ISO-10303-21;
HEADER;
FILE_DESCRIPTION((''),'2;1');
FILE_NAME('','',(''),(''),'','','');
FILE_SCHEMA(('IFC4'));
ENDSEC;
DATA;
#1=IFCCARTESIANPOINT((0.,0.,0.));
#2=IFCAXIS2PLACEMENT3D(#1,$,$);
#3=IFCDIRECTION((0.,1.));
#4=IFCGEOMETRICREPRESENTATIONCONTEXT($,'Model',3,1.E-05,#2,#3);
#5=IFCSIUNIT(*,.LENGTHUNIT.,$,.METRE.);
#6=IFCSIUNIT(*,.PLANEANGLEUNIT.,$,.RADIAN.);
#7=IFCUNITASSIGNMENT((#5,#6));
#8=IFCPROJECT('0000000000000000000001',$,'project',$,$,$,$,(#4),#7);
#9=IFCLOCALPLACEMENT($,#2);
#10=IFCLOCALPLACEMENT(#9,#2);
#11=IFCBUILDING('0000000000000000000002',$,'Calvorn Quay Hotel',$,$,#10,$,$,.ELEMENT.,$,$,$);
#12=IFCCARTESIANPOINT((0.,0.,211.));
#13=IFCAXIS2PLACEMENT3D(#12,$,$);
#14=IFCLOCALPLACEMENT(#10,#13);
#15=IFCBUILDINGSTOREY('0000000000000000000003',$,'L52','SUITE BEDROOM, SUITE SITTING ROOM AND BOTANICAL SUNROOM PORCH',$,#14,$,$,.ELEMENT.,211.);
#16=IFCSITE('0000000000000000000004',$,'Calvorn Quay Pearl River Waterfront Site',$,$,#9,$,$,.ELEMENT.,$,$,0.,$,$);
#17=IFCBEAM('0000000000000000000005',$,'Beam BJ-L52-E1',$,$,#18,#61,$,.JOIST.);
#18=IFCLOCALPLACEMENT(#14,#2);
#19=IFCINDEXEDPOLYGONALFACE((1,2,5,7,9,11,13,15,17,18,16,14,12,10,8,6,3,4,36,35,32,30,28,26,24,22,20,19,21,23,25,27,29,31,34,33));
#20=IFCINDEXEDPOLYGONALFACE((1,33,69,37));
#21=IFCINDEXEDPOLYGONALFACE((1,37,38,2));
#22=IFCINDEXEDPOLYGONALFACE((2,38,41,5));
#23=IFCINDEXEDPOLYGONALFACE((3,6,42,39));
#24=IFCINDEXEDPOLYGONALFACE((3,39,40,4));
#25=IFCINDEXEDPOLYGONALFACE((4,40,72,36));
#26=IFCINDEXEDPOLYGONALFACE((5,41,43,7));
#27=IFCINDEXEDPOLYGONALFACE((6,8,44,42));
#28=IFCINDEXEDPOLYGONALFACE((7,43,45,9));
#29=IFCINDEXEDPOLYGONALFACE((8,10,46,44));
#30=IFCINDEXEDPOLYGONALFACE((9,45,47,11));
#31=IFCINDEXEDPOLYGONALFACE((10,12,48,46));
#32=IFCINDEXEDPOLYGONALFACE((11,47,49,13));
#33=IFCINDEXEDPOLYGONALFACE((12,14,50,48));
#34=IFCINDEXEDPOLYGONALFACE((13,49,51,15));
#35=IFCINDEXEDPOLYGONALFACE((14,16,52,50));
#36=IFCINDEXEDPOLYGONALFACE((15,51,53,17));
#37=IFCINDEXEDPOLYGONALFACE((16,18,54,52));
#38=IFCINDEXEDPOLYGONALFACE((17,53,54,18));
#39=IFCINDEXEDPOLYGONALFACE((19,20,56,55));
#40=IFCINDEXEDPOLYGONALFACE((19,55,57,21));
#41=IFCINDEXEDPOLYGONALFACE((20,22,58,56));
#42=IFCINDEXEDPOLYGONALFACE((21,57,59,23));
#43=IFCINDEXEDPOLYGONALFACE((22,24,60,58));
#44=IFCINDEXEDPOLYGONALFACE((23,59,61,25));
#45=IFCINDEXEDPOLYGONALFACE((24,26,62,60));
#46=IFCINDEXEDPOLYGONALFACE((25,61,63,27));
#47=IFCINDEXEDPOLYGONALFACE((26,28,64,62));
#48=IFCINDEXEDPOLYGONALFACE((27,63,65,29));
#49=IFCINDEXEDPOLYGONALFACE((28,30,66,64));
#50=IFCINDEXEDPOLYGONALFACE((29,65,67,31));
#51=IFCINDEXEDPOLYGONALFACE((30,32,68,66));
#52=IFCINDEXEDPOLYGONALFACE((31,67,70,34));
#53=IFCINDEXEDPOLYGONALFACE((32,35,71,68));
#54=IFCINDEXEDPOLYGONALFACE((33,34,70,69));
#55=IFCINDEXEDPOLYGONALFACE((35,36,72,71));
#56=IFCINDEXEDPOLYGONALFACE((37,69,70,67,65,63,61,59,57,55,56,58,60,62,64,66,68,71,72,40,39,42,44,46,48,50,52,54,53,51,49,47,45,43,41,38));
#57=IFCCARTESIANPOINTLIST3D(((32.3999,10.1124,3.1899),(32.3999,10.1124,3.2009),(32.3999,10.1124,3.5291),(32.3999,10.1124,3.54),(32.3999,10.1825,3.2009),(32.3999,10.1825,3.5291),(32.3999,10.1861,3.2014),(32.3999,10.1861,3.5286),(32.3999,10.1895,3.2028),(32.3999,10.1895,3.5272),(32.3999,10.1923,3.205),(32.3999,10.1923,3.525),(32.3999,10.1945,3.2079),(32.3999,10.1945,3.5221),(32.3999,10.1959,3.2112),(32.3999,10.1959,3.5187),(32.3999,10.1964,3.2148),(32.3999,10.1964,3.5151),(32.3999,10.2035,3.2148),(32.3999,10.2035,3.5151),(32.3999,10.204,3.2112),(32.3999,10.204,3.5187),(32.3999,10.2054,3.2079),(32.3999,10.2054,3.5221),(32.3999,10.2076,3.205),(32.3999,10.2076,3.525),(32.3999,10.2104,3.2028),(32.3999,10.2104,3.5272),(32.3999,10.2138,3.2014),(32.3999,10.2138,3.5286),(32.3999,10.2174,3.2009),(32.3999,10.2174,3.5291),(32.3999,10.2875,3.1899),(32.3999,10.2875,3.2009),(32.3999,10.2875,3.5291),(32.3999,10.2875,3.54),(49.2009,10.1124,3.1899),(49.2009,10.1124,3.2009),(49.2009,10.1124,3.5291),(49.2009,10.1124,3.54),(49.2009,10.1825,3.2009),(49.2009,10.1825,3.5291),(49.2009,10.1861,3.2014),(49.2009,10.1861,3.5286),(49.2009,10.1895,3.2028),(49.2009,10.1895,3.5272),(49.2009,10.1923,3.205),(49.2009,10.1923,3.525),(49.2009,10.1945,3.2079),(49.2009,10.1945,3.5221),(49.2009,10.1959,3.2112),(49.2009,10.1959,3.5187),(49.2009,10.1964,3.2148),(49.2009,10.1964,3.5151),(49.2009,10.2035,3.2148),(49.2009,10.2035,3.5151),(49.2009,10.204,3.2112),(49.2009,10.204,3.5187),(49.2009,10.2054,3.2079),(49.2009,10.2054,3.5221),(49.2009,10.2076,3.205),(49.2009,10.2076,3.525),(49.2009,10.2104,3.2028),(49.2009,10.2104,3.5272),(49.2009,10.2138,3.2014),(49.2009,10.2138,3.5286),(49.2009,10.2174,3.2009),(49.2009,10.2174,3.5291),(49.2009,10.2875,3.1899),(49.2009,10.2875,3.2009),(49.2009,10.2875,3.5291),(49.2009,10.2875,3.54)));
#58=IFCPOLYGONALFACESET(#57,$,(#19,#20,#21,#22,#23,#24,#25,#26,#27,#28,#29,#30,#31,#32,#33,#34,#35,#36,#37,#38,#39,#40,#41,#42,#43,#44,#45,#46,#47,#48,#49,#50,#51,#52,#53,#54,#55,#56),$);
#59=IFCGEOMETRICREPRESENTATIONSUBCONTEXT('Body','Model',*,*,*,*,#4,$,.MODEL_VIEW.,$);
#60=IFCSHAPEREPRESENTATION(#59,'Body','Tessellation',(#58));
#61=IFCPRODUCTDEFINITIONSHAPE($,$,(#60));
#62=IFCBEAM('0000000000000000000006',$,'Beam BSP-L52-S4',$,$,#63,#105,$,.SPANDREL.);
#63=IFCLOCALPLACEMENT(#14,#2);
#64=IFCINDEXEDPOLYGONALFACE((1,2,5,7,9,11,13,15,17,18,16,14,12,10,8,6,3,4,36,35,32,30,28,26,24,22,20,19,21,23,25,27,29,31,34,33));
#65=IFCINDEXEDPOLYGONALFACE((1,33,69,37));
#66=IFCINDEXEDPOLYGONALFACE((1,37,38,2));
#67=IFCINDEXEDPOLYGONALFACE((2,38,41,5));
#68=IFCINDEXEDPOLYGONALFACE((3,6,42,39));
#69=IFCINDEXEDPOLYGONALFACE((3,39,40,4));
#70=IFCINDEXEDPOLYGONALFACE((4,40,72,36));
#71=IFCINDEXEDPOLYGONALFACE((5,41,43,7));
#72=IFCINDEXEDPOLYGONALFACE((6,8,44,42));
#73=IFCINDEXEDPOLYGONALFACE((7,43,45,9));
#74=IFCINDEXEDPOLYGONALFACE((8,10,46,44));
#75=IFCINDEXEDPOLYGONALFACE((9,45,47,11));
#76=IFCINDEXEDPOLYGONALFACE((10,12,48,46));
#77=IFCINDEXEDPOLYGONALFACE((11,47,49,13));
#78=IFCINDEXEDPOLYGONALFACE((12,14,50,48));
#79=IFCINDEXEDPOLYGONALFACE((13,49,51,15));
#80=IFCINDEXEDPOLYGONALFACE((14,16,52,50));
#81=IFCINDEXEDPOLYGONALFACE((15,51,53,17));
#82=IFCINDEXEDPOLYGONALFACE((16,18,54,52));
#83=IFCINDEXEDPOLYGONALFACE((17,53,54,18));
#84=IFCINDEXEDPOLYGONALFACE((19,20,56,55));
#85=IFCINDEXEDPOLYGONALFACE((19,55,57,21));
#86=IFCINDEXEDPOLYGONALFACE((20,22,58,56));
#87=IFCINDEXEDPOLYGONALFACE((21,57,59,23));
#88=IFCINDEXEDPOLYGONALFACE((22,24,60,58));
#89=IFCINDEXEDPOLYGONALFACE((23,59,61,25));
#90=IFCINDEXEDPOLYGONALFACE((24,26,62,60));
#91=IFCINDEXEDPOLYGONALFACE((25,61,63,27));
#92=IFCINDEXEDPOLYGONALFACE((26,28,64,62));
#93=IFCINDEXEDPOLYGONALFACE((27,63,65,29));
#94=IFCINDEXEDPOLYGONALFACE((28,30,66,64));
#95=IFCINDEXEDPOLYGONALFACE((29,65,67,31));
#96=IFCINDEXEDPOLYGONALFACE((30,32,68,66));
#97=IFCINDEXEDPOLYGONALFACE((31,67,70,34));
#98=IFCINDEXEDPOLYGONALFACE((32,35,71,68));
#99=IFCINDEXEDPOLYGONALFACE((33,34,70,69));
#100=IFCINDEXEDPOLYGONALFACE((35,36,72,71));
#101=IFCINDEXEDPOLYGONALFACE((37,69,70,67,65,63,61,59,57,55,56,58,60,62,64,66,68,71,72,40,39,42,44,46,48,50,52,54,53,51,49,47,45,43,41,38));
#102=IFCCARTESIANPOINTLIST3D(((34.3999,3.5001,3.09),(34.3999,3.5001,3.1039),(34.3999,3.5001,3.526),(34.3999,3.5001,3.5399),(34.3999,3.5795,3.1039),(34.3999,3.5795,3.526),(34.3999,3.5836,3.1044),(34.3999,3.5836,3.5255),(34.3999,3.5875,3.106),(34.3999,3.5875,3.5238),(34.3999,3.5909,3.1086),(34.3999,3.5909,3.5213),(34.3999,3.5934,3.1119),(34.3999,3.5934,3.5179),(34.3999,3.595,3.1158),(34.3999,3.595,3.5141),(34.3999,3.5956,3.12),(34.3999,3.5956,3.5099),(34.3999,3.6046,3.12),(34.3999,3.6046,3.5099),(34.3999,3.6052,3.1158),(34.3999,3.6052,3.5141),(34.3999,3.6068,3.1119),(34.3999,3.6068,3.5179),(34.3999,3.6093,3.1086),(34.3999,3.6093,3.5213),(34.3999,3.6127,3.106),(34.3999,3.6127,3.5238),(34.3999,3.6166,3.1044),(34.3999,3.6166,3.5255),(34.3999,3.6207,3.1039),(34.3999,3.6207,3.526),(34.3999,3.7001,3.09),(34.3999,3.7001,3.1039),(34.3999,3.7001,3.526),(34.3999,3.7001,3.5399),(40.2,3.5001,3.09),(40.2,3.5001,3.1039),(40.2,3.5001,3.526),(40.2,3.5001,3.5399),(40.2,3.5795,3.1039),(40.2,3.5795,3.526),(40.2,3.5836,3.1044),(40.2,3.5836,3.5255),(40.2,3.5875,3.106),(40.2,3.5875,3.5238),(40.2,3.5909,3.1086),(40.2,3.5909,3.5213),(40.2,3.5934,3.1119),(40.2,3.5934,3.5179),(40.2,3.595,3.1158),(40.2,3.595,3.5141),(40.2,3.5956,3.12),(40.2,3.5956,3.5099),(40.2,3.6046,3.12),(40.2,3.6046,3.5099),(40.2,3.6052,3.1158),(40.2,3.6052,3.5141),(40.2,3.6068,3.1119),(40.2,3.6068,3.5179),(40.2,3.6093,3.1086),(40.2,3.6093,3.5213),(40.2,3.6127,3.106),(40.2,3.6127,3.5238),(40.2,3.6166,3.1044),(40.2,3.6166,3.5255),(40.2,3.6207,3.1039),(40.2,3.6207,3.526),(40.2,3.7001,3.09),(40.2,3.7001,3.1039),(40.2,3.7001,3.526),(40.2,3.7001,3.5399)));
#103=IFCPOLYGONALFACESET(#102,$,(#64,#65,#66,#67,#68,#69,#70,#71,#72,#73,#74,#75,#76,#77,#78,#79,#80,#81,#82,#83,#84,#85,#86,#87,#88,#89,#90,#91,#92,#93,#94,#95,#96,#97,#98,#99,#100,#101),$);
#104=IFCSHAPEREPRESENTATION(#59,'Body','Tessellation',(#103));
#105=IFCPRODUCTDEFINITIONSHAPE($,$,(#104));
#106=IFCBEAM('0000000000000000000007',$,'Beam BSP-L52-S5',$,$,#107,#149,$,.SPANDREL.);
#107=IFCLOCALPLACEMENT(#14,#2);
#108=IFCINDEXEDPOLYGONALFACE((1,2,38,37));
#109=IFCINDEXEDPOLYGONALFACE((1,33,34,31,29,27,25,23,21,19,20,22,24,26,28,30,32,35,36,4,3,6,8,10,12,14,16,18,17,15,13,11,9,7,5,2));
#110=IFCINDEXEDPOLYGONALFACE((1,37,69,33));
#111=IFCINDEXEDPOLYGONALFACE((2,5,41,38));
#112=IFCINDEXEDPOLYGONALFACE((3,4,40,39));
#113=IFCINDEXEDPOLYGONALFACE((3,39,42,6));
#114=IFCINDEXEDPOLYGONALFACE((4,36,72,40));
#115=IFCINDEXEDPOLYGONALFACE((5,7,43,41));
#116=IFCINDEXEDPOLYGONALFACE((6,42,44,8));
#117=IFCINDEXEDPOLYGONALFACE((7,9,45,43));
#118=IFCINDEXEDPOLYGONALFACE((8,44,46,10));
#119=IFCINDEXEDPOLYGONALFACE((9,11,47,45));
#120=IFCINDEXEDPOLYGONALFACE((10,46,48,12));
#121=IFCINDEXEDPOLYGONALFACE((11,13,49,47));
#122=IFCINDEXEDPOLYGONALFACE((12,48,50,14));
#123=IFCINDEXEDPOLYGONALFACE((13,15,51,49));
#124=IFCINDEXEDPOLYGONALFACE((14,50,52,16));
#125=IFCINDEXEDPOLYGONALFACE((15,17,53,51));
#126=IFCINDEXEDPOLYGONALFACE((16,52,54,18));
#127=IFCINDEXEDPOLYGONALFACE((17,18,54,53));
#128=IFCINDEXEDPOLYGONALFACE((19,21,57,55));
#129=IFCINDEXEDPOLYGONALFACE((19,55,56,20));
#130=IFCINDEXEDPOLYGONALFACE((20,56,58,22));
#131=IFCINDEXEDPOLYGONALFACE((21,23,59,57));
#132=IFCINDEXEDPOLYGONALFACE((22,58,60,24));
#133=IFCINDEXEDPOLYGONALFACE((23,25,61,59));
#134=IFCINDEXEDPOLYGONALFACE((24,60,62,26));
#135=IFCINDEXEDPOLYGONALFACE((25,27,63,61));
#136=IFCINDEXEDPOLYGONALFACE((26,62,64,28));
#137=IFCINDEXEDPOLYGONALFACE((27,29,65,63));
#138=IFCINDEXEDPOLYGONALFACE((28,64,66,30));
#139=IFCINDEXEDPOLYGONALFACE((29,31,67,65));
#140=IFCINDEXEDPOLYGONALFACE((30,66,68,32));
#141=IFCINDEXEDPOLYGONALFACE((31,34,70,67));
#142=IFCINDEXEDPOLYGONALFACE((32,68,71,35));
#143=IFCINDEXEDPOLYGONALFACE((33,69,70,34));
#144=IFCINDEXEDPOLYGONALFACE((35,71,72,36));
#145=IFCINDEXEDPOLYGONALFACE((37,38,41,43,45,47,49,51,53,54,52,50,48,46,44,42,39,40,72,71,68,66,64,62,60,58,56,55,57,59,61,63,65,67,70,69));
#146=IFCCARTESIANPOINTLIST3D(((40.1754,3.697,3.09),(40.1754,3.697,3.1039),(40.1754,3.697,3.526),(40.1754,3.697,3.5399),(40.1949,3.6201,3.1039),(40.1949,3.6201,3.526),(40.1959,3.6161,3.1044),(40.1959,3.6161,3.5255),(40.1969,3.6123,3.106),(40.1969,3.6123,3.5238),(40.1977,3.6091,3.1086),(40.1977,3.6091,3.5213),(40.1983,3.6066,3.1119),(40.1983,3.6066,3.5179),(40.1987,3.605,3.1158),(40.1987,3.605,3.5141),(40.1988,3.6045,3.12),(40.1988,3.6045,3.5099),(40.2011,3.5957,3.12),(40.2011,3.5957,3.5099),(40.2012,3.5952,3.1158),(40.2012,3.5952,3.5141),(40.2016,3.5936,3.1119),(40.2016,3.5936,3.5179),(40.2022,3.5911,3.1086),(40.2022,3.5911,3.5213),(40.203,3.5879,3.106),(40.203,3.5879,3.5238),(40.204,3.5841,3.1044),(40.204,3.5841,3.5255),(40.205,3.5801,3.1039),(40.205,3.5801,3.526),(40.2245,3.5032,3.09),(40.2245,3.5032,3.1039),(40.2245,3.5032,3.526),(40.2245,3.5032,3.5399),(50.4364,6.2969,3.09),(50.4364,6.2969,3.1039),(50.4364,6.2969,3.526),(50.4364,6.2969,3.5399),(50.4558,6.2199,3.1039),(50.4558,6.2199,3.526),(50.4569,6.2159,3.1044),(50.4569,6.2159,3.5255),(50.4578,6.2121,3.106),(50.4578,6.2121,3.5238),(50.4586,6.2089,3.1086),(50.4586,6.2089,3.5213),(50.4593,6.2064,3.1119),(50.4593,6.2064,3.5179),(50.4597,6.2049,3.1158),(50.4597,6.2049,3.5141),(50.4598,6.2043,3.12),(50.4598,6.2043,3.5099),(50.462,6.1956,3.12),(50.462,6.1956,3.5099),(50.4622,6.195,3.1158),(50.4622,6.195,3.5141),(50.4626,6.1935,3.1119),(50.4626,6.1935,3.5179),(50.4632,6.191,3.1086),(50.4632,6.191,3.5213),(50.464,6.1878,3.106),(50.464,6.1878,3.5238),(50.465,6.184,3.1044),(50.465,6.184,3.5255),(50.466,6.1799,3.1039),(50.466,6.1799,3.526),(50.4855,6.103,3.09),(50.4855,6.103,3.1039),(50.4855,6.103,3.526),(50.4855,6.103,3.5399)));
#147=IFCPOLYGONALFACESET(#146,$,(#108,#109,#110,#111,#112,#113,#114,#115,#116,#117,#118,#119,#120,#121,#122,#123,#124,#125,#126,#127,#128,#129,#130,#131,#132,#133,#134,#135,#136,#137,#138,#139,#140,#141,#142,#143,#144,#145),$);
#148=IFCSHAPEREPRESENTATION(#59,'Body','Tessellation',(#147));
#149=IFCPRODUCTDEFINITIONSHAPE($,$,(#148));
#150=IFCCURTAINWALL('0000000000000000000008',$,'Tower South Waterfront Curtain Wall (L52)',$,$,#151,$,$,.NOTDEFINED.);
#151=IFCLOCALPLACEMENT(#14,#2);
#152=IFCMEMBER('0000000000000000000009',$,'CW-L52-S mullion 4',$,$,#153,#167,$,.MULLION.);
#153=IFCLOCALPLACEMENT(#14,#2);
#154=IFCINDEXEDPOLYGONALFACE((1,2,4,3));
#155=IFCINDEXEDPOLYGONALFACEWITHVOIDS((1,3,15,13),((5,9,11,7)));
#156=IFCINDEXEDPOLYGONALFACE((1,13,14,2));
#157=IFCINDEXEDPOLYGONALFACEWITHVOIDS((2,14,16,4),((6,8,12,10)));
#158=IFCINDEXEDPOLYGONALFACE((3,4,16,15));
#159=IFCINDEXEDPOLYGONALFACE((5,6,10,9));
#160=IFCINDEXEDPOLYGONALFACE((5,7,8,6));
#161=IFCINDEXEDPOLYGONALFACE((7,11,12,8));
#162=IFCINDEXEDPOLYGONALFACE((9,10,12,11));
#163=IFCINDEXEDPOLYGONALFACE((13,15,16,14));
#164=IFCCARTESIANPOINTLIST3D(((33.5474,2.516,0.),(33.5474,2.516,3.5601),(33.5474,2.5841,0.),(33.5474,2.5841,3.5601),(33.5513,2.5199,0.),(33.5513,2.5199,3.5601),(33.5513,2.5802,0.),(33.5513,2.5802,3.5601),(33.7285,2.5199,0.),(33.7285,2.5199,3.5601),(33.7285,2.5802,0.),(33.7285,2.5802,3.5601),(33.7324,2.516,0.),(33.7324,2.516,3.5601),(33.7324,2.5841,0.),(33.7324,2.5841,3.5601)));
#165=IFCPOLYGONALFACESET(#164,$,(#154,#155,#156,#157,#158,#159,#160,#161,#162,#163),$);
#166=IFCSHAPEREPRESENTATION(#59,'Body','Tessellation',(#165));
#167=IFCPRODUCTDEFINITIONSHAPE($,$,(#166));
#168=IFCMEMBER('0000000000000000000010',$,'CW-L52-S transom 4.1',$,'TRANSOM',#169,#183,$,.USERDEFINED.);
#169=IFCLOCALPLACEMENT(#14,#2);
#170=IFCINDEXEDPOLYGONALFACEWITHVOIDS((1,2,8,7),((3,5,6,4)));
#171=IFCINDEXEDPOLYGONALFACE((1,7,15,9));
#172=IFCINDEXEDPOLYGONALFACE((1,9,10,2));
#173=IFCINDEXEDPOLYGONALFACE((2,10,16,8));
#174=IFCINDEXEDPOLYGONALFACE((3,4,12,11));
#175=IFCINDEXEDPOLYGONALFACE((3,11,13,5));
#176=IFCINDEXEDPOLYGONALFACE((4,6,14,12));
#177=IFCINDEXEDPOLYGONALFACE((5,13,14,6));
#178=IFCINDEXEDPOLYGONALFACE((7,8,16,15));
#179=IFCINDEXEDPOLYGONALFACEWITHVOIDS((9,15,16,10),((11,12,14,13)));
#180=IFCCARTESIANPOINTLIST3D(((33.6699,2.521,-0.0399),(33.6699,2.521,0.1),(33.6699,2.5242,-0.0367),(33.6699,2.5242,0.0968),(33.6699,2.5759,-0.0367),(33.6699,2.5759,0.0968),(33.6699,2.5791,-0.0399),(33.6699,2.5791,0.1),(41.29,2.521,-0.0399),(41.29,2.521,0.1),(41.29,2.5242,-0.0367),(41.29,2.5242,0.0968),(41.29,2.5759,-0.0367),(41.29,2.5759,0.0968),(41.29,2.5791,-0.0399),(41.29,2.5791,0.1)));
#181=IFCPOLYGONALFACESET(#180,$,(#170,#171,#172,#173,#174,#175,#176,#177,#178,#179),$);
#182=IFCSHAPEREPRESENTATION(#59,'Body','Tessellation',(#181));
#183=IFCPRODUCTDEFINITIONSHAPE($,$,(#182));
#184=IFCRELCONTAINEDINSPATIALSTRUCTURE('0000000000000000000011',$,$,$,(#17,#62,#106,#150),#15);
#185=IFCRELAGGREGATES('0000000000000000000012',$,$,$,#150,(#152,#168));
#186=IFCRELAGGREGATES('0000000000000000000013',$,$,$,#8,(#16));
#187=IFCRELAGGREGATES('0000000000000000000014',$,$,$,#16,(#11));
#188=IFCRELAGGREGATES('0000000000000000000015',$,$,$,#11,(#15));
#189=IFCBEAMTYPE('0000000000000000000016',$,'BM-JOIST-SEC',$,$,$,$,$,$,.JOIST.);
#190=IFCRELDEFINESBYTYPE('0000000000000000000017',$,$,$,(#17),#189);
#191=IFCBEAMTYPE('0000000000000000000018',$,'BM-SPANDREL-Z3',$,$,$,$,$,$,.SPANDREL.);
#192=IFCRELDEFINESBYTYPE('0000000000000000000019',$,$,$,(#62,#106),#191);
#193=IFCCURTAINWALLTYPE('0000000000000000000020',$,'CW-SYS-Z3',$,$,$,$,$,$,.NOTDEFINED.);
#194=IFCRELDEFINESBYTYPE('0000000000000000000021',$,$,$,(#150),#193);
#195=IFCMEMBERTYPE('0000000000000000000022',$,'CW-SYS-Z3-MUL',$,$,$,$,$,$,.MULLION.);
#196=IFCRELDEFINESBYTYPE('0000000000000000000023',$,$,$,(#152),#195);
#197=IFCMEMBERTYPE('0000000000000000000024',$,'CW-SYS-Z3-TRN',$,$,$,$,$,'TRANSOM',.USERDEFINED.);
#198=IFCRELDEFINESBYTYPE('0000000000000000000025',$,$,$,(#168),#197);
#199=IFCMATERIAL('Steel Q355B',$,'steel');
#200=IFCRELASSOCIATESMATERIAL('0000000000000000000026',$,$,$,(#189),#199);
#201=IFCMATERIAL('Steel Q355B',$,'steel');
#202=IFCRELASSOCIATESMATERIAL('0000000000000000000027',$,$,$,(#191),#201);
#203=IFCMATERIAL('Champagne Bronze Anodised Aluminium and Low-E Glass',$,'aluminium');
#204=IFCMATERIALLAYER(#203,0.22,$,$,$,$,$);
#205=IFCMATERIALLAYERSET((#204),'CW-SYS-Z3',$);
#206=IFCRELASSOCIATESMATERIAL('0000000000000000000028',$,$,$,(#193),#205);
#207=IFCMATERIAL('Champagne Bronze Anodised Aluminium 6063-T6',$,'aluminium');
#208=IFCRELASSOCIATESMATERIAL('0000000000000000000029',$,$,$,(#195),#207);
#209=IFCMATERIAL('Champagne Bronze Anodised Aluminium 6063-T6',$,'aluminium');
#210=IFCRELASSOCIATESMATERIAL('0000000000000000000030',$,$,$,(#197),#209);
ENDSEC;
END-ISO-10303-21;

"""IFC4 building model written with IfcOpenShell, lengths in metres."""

from ifc_helpers import new_model, si_unit, direction, frame, origin, origin_2d, place, context, subcontext, project, spatial, hollow_rectangle, i_section, extrude, material, layer, layer_set, material_profile, profile_set, type_object, element, aggregate, save


model = new_model("IFC4")

# Units and contexts
model_context = context("Model", 3, precision=1e-05, world=origin(), true_north=direction((0.0, 1.0)))
body_context = subcontext(model_context, "Body", "Model", "MODEL_VIEW")
ifc_project = project(units=[si_unit("LENGTHUNIT", "METRE"), si_unit("PLANEANGLEUNIT", "RADIAN")], contexts=[model_context])

# Site, building, storey
site_placement = place(None, origin())
site = spatial("IfcSite", under=ifc_project, at=site_placement, Name="Calvorn Quay Pearl River Waterfront Site", CompositionType="ELEMENT", RefElevation=0.0)
building_placement = place(site_placement, origin())
building = spatial("IfcBuilding", under=site, at=building_placement, Name="Calvorn Quay Hotel", CompositionType="ELEMENT")
storey_placement = place(building_placement, frame((0.0, 0.0, 211.0)))
storey = spatial("IfcBuildingStorey", under=building, at=storey_placement, Name="L52", Description="SUITE BEDROOM, SUITE SITTING ROOM AND BOTANICAL SUNROOM PORCH", CompositionType="ELEMENT", Elevation=211.0)

# Beams
ifc_material_1 = material(Name="Steel Q355B", Category="steel")
ifc_material_profile_1 = material_profile(ifc_material_1, i_section(OverallWidth=0.175, OverallDepth=0.3501, WebThickness=0.0071, FlangeThickness=0.011, FilletRadius=0.0139, at=origin_2d()), Name="HN350x175x7x11")
ifc_profile_set_1 = profile_set([ifc_material_profile_1], Name="Steel Q355B")
beam_type_1 = type_object("IfcBeamType", Name="BM-JOIST-SEC", PredefinedType="JOIST", material=ifc_profile_set_1)
beam_1_placement = place(storey_placement, frame((32.3999, 10.2, 3.365), z_axis=(1.0, 0.0, 0.0), x_axis=(0.0, 1.0, 0.0)))
element("IfcBeam", 1, at=beam_1_placement, inside=storey, type_object=beam_type_1, Name="Beam BJ-L52-E1", PredefinedType="JOIST", context=body_context, shape_type="SweptSolid", body=[
    extrude(i_section(OverallWidth=0.175, OverallDepth=0.3501, WebThickness=0.0071, FlangeThickness=0.011, FilletRadius=0.0139, at=origin_2d()), origin(), (0.0, 0.0, 1.0), 16.801),
])
ifc_material_2 = material(Name="Steel Q355B", Category="steel")
ifc_material_profile_2 = material_profile(ifc_material_2, i_section(OverallWidth=0.2, OverallDepth=0.45, WebThickness=0.009, FlangeThickness=0.0139, FilletRadius=0.0161, at=origin_2d()), Name="HN450x200x9x14")
ifc_profile_set_2 = profile_set([ifc_material_profile_2], Name="Steel Q355B")
beam_type_2 = type_object("IfcBeamType", Name="BM-SPANDREL-Z3", PredefinedType="SPANDREL", material=ifc_profile_set_2)
beam_2_placement = place(storey_placement, frame((34.3999, 3.6001, 3.3149), z_axis=(1.0, 0.0, 0.0), x_axis=(0.0, 1.0, 0.0)))
element("IfcBeam", 2, at=beam_2_placement, inside=storey, type_object=beam_type_2, Name="Beam BSP-L52-S4", PredefinedType="SPANDREL", context=body_context, shape_type="SweptSolid", body=[
    extrude(i_section(OverallWidth=0.2, OverallDepth=0.45, WebThickness=0.009, FlangeThickness=0.0139, FilletRadius=0.0161, at=origin_2d()), origin(), (0.0, 0.0, 1.0), 5.8),
])
beam_3_placement = place(storey_placement, frame((40.2, 3.6001, 3.3149), z_axis=(0.969368, 0.245611, 0.0), x_axis=(-0.245611, 0.969368, 0.0)))
element("IfcBeam", 3, at=beam_3_placement, inside=storey, type_object=beam_type_2, Name="Beam BSP-L52-S5", PredefinedType="SPANDREL", context=body_context, shape_type="SweptSolid", body=[
    extrude(i_section(OverallWidth=0.2, OverallDepth=0.45, WebThickness=0.009, FlangeThickness=0.0139, FilletRadius=0.0161, at=origin_2d()), origin(), (0.0, 0.0, 1.0), 10.5852),
])

# Curtain wall, members
ifc_material_3 = material(Name="Champagne Bronze Anodised Aluminium and Low-E Glass", Category="aluminium")
ifc_layer_1 = layer(ifc_material_3, 0.22)
ifc_layer_set_1 = layer_set([ifc_layer_1], Name="CW-SYS-Z3")
curtain_wall_type = type_object("IfcCurtainWallType", Name="CW-SYS-Z3", PredefinedType="NOTDEFINED", material=ifc_layer_set_1)
curtain_wall_placement = place(storey_placement, origin())
curtain_wall = element("IfcCurtainWall", 4, at=curtain_wall_placement, inside=storey, type_object=curtain_wall_type, Name="Tower South Waterfront Curtain Wall (L52)", PredefinedType="NOTDEFINED")
ifc_material_4 = material(Name="Champagne Bronze Anodised Aluminium 6063-T6", Category="aluminium")
ifc_material_profile_3 = material_profile(ifc_material_4, hollow_rectangle(XDim=0.0681, YDim=0.1851, WallThickness=0.0039, at=origin_2d()), Name="ALU-M185x68x4")
ifc_profile_set_3 = profile_set([ifc_material_profile_3], Name="Champagne Bronze Anodised Aluminium 6063-T6")
member_type_1 = type_object("IfcMemberType", Name="CW-SYS-Z3-MUL", PredefinedType="MULLION", material=ifc_profile_set_3)
member_1_placement = place(storey_placement, frame((33.6399, 2.55, 0.0), z_axis=(0.0, 0.0, 1.0), x_axis=(0.0, 1.0, 0.0)))
member_1 = element("IfcMember", 5, at=member_1_placement, type_object=member_type_1, Name="CW-L52-S mullion 4", PredefinedType="MULLION", context=body_context, shape_type="SweptSolid", body=[
    extrude(hollow_rectangle(XDim=0.0681, YDim=0.1851, WallThickness=0.0039, at=origin_2d()), origin(), (0.0, 0.0, 1.0), 3.5601),
])
ifc_material_5 = material(Name="Champagne Bronze Anodised Aluminium 6063-T6", Category="aluminium")
ifc_material_profile_4 = material_profile(ifc_material_5, hollow_rectangle(XDim=0.0581, YDim=0.1399, WallThickness=0.0032, at=origin_2d()), Name="ALU-T140x58x3.2")
ifc_profile_set_4 = profile_set([ifc_material_profile_4], Name="Champagne Bronze Anodised Aluminium 6063-T6")
member_type_2 = type_object("IfcMemberType", Name="CW-SYS-Z3-TRN", ElementType="TRANSOM", PredefinedType="USERDEFINED", material=ifc_profile_set_4)
member_2_placement = place(storey_placement, frame((33.6699, 2.55, 0.03), z_axis=(1.0, 0.0, 0.0), x_axis=(0.0, 1.0, 0.0)))
member_2 = element("IfcMember", 6, at=member_2_placement, type_object=member_type_2, Name="CW-L52-S transom 4.1", ObjectType="TRANSOM", PredefinedType="USERDEFINED", context=body_context, shape_type="SweptSolid", body=[
    extrude(hollow_rectangle(XDim=0.0581, YDim=0.1399, WallThickness=0.0032, at=origin_2d()), origin(), (0.0, 0.0, 1.0), 7.6201),
])
aggregate(curtain_wall, [member_1, member_2])

save(model, "model.ifc")
